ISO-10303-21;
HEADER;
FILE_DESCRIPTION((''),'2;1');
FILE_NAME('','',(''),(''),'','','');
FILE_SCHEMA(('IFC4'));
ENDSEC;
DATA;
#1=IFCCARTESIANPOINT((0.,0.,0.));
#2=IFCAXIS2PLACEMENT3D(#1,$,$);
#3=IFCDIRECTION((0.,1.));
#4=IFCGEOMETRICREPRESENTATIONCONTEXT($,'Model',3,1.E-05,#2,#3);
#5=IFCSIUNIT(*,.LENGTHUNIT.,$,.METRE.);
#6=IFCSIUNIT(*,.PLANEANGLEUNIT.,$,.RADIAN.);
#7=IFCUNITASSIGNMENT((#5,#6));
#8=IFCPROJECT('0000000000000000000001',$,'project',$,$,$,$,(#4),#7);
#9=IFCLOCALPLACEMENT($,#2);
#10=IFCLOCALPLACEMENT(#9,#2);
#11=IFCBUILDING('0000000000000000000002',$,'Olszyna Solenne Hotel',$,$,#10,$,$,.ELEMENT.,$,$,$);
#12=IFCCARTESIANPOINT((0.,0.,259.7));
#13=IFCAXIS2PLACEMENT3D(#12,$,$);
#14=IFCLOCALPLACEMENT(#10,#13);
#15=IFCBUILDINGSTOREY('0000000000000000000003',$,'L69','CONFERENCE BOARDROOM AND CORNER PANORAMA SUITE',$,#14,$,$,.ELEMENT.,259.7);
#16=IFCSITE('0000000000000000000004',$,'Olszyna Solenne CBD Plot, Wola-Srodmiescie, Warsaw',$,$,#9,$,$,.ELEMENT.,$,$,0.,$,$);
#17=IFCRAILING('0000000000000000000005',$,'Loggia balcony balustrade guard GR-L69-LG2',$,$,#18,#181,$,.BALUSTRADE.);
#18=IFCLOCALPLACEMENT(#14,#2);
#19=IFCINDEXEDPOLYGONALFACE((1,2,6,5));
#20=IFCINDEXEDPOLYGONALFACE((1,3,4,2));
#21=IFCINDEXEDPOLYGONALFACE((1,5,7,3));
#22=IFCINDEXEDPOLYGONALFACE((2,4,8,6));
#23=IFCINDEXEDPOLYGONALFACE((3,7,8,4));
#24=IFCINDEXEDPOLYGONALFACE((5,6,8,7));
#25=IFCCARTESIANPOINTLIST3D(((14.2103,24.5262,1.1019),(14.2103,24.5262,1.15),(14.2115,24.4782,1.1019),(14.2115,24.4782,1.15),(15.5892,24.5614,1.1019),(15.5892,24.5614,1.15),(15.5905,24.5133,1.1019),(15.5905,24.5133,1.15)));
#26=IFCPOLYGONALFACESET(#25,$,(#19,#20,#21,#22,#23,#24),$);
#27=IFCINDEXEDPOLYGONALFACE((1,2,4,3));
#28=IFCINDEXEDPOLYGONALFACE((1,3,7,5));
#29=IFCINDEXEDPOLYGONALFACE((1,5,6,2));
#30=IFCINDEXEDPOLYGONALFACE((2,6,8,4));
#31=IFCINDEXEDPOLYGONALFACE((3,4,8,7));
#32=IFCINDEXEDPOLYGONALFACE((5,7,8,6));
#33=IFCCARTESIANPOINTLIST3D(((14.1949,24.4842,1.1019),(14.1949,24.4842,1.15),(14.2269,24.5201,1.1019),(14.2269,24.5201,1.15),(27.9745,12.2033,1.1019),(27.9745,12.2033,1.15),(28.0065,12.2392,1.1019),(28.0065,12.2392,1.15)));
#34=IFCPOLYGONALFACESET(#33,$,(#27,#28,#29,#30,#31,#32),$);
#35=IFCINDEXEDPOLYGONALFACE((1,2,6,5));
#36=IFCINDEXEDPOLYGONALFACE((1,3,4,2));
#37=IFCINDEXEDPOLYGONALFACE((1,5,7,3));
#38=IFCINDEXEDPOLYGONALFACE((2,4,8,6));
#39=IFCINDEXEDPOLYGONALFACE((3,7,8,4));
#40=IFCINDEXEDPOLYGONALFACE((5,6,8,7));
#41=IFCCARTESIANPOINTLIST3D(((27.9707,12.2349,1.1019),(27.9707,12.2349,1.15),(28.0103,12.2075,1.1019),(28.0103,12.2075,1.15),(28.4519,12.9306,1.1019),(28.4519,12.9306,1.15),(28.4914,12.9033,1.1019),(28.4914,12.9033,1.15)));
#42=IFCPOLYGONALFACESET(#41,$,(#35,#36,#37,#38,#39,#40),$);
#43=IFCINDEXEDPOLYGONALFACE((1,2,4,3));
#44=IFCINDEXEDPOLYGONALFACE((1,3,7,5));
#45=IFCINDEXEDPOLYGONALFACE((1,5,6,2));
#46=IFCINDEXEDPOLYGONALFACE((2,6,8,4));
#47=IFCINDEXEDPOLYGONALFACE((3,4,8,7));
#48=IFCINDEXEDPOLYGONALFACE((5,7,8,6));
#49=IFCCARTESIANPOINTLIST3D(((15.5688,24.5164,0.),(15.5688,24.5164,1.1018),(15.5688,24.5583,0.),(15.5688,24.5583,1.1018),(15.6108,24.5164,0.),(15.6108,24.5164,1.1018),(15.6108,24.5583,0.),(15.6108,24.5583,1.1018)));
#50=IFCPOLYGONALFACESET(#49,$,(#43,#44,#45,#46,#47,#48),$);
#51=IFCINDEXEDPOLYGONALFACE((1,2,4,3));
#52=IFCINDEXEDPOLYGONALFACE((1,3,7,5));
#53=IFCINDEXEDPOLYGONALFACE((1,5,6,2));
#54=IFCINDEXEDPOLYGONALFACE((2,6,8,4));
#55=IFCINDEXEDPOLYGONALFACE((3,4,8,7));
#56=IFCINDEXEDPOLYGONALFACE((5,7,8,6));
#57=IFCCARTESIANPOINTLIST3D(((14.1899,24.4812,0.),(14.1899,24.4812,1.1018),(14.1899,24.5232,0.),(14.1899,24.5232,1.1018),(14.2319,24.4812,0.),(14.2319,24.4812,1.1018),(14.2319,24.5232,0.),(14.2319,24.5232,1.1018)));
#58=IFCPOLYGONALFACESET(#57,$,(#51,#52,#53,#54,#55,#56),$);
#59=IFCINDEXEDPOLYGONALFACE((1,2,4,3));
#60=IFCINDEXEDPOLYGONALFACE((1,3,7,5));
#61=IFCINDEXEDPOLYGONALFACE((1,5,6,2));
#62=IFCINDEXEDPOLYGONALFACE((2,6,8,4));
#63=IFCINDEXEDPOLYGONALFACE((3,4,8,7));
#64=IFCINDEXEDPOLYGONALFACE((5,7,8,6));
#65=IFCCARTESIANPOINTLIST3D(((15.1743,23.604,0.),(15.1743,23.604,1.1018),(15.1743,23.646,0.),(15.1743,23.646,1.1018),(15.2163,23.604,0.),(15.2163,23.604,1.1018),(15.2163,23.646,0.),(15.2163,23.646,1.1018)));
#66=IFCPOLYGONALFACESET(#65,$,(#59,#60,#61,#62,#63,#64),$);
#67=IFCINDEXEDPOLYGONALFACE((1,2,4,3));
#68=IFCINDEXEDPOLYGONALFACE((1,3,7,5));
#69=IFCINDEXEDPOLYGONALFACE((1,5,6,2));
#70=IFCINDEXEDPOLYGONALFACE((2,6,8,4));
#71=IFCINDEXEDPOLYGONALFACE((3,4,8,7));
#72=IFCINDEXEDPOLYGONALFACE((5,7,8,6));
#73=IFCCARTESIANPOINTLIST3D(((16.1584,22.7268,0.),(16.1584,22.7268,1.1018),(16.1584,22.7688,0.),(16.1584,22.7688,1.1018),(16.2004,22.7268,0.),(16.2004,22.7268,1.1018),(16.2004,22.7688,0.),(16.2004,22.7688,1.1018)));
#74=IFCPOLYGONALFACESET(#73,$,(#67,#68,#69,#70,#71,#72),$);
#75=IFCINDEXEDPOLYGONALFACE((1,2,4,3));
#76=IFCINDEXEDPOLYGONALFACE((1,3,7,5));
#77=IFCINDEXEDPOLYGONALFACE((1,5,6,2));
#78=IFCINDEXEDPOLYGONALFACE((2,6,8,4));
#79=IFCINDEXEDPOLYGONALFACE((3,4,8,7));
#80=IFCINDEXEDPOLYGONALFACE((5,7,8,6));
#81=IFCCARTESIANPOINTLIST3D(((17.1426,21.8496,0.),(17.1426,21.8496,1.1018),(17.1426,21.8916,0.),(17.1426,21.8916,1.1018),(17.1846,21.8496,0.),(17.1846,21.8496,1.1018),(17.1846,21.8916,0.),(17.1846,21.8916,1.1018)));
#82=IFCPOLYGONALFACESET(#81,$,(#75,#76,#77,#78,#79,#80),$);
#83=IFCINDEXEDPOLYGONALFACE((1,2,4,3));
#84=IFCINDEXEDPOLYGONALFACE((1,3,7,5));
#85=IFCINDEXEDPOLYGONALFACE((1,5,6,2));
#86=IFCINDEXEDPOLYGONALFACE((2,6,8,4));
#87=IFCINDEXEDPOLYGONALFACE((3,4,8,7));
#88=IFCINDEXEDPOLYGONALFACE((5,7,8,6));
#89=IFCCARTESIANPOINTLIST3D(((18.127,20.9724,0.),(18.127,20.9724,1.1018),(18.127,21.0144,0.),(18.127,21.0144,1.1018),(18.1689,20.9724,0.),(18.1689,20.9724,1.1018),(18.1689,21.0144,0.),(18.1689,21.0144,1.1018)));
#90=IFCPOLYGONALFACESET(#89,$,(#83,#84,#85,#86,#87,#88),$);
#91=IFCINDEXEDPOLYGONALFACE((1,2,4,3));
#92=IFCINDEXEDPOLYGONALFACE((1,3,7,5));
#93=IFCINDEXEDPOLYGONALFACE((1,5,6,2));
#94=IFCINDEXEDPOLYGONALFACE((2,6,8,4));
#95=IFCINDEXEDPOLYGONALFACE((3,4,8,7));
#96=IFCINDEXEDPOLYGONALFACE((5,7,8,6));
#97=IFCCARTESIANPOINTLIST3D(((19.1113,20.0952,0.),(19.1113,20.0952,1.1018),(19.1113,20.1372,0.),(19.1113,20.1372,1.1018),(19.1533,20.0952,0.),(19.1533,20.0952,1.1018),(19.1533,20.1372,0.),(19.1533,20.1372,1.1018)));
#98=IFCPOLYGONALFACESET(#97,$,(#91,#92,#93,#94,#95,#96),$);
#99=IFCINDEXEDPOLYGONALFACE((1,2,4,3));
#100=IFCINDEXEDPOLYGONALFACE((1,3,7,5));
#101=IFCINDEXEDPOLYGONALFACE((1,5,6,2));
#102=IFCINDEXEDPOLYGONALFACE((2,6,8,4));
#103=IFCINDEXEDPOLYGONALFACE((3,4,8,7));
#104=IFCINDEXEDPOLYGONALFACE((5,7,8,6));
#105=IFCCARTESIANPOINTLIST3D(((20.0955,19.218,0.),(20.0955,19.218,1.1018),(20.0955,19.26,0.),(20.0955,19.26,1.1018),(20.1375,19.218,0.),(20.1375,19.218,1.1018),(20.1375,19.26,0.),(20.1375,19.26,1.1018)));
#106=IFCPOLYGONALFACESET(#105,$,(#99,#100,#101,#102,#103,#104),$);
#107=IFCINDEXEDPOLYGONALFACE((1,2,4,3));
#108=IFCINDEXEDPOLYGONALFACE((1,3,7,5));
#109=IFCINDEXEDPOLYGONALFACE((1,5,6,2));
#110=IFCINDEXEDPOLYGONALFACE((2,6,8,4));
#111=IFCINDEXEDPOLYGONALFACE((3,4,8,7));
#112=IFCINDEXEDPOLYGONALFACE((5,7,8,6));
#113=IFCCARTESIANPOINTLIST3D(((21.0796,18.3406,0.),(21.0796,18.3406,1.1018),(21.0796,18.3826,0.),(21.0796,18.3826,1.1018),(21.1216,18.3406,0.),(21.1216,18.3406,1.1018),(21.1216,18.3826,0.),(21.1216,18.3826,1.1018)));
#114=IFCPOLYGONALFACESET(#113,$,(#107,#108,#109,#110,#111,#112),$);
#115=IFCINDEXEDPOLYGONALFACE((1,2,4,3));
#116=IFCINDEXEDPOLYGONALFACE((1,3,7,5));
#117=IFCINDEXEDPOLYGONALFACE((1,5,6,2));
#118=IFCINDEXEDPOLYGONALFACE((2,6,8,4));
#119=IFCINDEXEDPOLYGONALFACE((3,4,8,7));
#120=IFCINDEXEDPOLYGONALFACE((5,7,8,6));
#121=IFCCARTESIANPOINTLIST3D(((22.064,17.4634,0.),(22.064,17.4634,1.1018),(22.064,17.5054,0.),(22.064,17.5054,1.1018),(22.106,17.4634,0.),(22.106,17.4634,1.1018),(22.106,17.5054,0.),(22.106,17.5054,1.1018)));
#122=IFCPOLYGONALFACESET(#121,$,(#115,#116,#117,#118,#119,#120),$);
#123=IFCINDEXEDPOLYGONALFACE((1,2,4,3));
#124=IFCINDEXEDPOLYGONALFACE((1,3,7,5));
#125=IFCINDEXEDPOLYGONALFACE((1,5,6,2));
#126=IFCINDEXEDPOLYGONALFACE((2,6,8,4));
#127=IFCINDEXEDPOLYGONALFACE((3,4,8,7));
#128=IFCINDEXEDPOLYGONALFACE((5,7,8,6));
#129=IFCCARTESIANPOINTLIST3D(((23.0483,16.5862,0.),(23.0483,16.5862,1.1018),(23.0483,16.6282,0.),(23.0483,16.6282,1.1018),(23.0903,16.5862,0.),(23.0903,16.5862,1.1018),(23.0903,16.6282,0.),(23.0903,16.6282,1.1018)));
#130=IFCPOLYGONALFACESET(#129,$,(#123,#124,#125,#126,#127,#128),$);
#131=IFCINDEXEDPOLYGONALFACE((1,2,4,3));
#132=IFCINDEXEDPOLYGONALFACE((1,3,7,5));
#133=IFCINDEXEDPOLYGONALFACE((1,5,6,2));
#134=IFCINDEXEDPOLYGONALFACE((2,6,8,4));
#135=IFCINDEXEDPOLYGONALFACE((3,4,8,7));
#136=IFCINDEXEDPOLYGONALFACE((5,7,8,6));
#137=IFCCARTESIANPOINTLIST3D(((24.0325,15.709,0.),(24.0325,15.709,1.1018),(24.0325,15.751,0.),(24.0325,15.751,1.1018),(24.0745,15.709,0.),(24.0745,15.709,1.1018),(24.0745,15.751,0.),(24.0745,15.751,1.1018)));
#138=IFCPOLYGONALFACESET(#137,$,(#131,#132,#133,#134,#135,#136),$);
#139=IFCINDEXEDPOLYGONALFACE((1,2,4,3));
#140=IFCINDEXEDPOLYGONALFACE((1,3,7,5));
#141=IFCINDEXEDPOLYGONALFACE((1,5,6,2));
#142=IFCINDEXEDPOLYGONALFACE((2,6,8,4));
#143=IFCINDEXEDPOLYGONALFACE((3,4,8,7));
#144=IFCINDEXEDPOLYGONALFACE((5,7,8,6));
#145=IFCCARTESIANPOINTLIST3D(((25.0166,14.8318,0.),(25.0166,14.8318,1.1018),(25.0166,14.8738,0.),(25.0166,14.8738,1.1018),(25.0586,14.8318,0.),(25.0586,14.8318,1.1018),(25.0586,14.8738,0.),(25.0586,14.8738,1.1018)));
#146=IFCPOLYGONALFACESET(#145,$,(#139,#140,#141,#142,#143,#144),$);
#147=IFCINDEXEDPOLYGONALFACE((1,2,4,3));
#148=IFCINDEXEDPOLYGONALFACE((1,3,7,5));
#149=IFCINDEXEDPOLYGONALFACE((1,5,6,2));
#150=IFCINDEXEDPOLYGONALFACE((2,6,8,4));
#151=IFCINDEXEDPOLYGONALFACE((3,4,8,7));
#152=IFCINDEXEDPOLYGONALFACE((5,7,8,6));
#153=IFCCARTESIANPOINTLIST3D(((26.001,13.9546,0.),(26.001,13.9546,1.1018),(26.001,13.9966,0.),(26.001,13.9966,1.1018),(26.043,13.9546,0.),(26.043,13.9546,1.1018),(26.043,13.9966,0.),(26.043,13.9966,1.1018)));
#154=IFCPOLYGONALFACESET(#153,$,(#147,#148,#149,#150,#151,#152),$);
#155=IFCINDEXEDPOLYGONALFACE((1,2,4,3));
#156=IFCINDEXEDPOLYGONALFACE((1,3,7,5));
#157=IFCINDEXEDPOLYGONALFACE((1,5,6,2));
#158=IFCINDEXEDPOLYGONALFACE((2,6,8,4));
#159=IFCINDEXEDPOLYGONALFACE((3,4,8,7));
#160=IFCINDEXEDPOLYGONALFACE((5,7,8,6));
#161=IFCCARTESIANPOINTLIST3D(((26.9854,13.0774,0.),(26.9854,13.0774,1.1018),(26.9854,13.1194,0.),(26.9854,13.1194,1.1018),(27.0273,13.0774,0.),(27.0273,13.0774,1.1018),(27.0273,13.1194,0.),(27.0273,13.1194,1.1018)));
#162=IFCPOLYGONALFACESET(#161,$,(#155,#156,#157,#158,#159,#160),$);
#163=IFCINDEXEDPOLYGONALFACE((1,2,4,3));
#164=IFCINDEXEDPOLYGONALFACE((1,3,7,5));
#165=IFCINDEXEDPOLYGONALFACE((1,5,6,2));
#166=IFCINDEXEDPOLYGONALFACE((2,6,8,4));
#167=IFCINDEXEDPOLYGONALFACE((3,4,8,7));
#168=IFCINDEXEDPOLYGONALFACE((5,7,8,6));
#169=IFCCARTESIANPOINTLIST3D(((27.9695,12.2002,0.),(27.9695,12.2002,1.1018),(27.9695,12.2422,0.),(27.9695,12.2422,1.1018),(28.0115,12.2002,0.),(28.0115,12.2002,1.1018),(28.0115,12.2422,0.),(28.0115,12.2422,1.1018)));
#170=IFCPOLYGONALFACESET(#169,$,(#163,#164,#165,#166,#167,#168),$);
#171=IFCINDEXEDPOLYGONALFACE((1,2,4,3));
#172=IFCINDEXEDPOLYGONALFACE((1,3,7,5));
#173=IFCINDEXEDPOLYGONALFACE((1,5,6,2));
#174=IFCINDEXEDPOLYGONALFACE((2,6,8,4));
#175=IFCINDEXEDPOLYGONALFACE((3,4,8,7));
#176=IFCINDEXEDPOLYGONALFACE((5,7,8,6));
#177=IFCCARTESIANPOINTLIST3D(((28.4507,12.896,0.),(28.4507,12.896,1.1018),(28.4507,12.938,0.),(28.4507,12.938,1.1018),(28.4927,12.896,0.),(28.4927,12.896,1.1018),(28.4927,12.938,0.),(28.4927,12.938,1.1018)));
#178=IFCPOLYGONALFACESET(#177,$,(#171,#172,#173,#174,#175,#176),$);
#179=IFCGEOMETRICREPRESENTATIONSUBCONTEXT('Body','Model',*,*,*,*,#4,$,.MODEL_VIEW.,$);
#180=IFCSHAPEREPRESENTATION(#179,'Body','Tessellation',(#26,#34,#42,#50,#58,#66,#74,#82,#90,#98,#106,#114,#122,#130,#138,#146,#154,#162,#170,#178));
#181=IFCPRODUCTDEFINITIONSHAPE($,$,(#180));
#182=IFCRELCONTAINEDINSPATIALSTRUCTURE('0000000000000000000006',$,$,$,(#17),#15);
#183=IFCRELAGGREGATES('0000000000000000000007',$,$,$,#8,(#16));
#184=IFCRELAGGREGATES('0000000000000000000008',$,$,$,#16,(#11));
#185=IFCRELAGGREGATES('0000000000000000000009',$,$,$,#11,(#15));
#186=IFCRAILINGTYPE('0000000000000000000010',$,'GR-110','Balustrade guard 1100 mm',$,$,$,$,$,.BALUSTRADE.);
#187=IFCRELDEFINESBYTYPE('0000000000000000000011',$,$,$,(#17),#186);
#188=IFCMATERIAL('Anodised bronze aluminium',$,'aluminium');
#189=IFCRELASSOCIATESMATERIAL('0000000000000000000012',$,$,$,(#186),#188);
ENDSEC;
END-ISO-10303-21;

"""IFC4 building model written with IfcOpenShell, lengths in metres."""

from ifc_helpers import new_model, si_unit, direction, frame, origin, origin_2d, place, context, subcontext, project, spatial, rectangle, extrude, material, type_object, element, save


model = new_model("IFC4")

# Units and contexts
model_context = context("Model", 3, precision=1e-05, world=origin(), true_north=direction((0.0, 1.0)))
body_context = subcontext(model_context, "Body", "Model", "MODEL_VIEW")
ifc_project = project(units=[si_unit("LENGTHUNIT", "METRE"), si_unit("PLANEANGLEUNIT", "RADIAN")], contexts=[model_context])

# Site, building, storey
site_placement = place(None, origin())
site = spatial("IfcSite", under=ifc_project, at=site_placement, Name="Olszyna Solenne CBD Plot, Wola-Srodmiescie, Warsaw", CompositionType="ELEMENT", RefElevation=0.0)
building_placement = place(site_placement, origin())
building = spatial("IfcBuilding", under=site, at=building_placement, Name="Olszyna Solenne Hotel", CompositionType="ELEMENT")
storey_placement = place(building_placement, frame((0.0, 0.0, 259.7)))
storey = spatial("IfcBuildingStorey", under=building, at=storey_placement, Name="L69", Description="CONFERENCE BOARDROOM AND CORNER PANORAMA SUITE", CompositionType="ELEMENT", Elevation=259.7)

# Railing
ifc_material_1 = material(Name="Anodised bronze aluminium", Category="aluminium")
railing_type = type_object("IfcRailingType", Name="GR-110", Description="Balustrade guard 1100 mm", PredefinedType="BALUSTRADE", material=ifc_material_1)
railing_placement = place(storey_placement, frame((15.5898, 24.5374, 0.0)))
element("IfcRailing", 1, at=railing_placement, inside=storey, type_object=railing_type, Name="Loggia balcony balustrade guard GR-L69-LG2", PredefinedType="BALUSTRADE", context=body_context, shape_type="SweptSolid", body=[
    extrude(rectangle(XDim=0.0481, YDim=0.0481, at=origin_2d()), frame((0.0, 0.0, 1.126), z_axis=(-0.999675, -0.025487, 0.0), x_axis=(0.025487, -0.999675, 0.0)), (0.0, 0.0, 1.0), 1.3794),
    extrude(rectangle(XDim=0.0481, YDim=0.0481, at=origin_2d()), frame((-1.3789, -0.0352, 1.126), z_axis=(0.746534, -0.665348, 0.0), x_axis=(0.665348, 0.746534, 0.0)), (0.0, 0.0, 1.0), 18.458),
    extrude(rectangle(XDim=0.0481, YDim=0.0481, at=origin_2d()), frame((12.4006, -12.3162, 1.126), z_axis=(0.568805, 0.822473, 0.0), x_axis=(-0.822473, 0.568805, 0.0)), (0.0, 0.0, 1.0), 0.8459),
    extrude(rectangle(XDim=0.042, YDim=0.042, at=origin_2d()), origin(), (0.0, 0.0, 1.0), 1.1018),
    extrude(rectangle(XDim=0.042, YDim=0.042, at=origin_2d()), frame((-1.3789, -0.0352, 0.0)), (0.0, 0.0, 1.0), 1.1018),
    extrude(rectangle(XDim=0.042, YDim=0.042, at=origin_2d()), frame((-0.3945, -0.9124, 0.0)), (0.0, 0.0, 1.0), 1.1018),
    extrude(rectangle(XDim=0.042, YDim=0.042, at=origin_2d()), frame((0.5896, -1.7896, 0.0)), (0.0, 0.0, 1.0), 1.1018),
    extrude(rectangle(XDim=0.042, YDim=0.042, at=origin_2d()), frame((1.5737, -2.6667, 0.0)), (0.0, 0.0, 1.0), 1.1018),
    extrude(rectangle(XDim=0.042, YDim=0.042, at=origin_2d()), frame((2.5581, -3.5439, 0.0)), (0.0, 0.0, 1.0), 1.1018),
    extrude(rectangle(XDim=0.042, YDim=0.042, at=origin_2d()), frame((3.5425, -4.4211, 0.0)), (0.0, 0.0, 1.0), 1.1018),
    extrude(rectangle(XDim=0.042, YDim=0.042, at=origin_2d()), frame((4.5266, -5.2983, 0.0)), (0.0, 0.0, 1.0), 1.1018),
    extrude(rectangle(XDim=0.042, YDim=0.042, at=origin_2d()), frame((5.5107, -6.1758, 0.0)), (0.0, 0.0, 1.0), 1.1018),
    extrude(rectangle(XDim=0.042, YDim=0.042, at=origin_2d()), frame((6.4951, -7.053, 0.0)), (0.0, 0.0, 1.0), 1.1018),
    extrude(rectangle(XDim=0.042, YDim=0.042, at=origin_2d()), frame((7.4795, -7.9302, 0.0)), (0.0, 0.0, 1.0), 1.1018),
    extrude(rectangle(XDim=0.042, YDim=0.042, at=origin_2d()), frame((8.4636, -8.8074, 0.0)), (0.0, 0.0, 1.0), 1.1018),
    extrude(rectangle(XDim=0.042, YDim=0.042, at=origin_2d()), frame((9.4478, -9.6846, 0.0)), (0.0, 0.0, 1.0), 1.1018),
    extrude(rectangle(XDim=0.042, YDim=0.042, at=origin_2d()), frame((10.4321, -10.5618, 0.0)), (0.0, 0.0, 1.0), 1.1018),
    extrude(rectangle(XDim=0.042, YDim=0.042, at=origin_2d()), frame((11.4165, -11.439, 0.0)), (0.0, 0.0, 1.0), 1.1018),
    extrude(rectangle(XDim=0.042, YDim=0.042, at=origin_2d()), frame((12.4006, -12.3162, 0.0)), (0.0, 0.0, 1.0), 1.1018),
    extrude(rectangle(XDim=0.042, YDim=0.042, at=origin_2d()), frame((12.8818, -11.6204, 0.0)), (0.0, 0.0, 1.0), 1.1018),
])

save(model, "model.ifc")
